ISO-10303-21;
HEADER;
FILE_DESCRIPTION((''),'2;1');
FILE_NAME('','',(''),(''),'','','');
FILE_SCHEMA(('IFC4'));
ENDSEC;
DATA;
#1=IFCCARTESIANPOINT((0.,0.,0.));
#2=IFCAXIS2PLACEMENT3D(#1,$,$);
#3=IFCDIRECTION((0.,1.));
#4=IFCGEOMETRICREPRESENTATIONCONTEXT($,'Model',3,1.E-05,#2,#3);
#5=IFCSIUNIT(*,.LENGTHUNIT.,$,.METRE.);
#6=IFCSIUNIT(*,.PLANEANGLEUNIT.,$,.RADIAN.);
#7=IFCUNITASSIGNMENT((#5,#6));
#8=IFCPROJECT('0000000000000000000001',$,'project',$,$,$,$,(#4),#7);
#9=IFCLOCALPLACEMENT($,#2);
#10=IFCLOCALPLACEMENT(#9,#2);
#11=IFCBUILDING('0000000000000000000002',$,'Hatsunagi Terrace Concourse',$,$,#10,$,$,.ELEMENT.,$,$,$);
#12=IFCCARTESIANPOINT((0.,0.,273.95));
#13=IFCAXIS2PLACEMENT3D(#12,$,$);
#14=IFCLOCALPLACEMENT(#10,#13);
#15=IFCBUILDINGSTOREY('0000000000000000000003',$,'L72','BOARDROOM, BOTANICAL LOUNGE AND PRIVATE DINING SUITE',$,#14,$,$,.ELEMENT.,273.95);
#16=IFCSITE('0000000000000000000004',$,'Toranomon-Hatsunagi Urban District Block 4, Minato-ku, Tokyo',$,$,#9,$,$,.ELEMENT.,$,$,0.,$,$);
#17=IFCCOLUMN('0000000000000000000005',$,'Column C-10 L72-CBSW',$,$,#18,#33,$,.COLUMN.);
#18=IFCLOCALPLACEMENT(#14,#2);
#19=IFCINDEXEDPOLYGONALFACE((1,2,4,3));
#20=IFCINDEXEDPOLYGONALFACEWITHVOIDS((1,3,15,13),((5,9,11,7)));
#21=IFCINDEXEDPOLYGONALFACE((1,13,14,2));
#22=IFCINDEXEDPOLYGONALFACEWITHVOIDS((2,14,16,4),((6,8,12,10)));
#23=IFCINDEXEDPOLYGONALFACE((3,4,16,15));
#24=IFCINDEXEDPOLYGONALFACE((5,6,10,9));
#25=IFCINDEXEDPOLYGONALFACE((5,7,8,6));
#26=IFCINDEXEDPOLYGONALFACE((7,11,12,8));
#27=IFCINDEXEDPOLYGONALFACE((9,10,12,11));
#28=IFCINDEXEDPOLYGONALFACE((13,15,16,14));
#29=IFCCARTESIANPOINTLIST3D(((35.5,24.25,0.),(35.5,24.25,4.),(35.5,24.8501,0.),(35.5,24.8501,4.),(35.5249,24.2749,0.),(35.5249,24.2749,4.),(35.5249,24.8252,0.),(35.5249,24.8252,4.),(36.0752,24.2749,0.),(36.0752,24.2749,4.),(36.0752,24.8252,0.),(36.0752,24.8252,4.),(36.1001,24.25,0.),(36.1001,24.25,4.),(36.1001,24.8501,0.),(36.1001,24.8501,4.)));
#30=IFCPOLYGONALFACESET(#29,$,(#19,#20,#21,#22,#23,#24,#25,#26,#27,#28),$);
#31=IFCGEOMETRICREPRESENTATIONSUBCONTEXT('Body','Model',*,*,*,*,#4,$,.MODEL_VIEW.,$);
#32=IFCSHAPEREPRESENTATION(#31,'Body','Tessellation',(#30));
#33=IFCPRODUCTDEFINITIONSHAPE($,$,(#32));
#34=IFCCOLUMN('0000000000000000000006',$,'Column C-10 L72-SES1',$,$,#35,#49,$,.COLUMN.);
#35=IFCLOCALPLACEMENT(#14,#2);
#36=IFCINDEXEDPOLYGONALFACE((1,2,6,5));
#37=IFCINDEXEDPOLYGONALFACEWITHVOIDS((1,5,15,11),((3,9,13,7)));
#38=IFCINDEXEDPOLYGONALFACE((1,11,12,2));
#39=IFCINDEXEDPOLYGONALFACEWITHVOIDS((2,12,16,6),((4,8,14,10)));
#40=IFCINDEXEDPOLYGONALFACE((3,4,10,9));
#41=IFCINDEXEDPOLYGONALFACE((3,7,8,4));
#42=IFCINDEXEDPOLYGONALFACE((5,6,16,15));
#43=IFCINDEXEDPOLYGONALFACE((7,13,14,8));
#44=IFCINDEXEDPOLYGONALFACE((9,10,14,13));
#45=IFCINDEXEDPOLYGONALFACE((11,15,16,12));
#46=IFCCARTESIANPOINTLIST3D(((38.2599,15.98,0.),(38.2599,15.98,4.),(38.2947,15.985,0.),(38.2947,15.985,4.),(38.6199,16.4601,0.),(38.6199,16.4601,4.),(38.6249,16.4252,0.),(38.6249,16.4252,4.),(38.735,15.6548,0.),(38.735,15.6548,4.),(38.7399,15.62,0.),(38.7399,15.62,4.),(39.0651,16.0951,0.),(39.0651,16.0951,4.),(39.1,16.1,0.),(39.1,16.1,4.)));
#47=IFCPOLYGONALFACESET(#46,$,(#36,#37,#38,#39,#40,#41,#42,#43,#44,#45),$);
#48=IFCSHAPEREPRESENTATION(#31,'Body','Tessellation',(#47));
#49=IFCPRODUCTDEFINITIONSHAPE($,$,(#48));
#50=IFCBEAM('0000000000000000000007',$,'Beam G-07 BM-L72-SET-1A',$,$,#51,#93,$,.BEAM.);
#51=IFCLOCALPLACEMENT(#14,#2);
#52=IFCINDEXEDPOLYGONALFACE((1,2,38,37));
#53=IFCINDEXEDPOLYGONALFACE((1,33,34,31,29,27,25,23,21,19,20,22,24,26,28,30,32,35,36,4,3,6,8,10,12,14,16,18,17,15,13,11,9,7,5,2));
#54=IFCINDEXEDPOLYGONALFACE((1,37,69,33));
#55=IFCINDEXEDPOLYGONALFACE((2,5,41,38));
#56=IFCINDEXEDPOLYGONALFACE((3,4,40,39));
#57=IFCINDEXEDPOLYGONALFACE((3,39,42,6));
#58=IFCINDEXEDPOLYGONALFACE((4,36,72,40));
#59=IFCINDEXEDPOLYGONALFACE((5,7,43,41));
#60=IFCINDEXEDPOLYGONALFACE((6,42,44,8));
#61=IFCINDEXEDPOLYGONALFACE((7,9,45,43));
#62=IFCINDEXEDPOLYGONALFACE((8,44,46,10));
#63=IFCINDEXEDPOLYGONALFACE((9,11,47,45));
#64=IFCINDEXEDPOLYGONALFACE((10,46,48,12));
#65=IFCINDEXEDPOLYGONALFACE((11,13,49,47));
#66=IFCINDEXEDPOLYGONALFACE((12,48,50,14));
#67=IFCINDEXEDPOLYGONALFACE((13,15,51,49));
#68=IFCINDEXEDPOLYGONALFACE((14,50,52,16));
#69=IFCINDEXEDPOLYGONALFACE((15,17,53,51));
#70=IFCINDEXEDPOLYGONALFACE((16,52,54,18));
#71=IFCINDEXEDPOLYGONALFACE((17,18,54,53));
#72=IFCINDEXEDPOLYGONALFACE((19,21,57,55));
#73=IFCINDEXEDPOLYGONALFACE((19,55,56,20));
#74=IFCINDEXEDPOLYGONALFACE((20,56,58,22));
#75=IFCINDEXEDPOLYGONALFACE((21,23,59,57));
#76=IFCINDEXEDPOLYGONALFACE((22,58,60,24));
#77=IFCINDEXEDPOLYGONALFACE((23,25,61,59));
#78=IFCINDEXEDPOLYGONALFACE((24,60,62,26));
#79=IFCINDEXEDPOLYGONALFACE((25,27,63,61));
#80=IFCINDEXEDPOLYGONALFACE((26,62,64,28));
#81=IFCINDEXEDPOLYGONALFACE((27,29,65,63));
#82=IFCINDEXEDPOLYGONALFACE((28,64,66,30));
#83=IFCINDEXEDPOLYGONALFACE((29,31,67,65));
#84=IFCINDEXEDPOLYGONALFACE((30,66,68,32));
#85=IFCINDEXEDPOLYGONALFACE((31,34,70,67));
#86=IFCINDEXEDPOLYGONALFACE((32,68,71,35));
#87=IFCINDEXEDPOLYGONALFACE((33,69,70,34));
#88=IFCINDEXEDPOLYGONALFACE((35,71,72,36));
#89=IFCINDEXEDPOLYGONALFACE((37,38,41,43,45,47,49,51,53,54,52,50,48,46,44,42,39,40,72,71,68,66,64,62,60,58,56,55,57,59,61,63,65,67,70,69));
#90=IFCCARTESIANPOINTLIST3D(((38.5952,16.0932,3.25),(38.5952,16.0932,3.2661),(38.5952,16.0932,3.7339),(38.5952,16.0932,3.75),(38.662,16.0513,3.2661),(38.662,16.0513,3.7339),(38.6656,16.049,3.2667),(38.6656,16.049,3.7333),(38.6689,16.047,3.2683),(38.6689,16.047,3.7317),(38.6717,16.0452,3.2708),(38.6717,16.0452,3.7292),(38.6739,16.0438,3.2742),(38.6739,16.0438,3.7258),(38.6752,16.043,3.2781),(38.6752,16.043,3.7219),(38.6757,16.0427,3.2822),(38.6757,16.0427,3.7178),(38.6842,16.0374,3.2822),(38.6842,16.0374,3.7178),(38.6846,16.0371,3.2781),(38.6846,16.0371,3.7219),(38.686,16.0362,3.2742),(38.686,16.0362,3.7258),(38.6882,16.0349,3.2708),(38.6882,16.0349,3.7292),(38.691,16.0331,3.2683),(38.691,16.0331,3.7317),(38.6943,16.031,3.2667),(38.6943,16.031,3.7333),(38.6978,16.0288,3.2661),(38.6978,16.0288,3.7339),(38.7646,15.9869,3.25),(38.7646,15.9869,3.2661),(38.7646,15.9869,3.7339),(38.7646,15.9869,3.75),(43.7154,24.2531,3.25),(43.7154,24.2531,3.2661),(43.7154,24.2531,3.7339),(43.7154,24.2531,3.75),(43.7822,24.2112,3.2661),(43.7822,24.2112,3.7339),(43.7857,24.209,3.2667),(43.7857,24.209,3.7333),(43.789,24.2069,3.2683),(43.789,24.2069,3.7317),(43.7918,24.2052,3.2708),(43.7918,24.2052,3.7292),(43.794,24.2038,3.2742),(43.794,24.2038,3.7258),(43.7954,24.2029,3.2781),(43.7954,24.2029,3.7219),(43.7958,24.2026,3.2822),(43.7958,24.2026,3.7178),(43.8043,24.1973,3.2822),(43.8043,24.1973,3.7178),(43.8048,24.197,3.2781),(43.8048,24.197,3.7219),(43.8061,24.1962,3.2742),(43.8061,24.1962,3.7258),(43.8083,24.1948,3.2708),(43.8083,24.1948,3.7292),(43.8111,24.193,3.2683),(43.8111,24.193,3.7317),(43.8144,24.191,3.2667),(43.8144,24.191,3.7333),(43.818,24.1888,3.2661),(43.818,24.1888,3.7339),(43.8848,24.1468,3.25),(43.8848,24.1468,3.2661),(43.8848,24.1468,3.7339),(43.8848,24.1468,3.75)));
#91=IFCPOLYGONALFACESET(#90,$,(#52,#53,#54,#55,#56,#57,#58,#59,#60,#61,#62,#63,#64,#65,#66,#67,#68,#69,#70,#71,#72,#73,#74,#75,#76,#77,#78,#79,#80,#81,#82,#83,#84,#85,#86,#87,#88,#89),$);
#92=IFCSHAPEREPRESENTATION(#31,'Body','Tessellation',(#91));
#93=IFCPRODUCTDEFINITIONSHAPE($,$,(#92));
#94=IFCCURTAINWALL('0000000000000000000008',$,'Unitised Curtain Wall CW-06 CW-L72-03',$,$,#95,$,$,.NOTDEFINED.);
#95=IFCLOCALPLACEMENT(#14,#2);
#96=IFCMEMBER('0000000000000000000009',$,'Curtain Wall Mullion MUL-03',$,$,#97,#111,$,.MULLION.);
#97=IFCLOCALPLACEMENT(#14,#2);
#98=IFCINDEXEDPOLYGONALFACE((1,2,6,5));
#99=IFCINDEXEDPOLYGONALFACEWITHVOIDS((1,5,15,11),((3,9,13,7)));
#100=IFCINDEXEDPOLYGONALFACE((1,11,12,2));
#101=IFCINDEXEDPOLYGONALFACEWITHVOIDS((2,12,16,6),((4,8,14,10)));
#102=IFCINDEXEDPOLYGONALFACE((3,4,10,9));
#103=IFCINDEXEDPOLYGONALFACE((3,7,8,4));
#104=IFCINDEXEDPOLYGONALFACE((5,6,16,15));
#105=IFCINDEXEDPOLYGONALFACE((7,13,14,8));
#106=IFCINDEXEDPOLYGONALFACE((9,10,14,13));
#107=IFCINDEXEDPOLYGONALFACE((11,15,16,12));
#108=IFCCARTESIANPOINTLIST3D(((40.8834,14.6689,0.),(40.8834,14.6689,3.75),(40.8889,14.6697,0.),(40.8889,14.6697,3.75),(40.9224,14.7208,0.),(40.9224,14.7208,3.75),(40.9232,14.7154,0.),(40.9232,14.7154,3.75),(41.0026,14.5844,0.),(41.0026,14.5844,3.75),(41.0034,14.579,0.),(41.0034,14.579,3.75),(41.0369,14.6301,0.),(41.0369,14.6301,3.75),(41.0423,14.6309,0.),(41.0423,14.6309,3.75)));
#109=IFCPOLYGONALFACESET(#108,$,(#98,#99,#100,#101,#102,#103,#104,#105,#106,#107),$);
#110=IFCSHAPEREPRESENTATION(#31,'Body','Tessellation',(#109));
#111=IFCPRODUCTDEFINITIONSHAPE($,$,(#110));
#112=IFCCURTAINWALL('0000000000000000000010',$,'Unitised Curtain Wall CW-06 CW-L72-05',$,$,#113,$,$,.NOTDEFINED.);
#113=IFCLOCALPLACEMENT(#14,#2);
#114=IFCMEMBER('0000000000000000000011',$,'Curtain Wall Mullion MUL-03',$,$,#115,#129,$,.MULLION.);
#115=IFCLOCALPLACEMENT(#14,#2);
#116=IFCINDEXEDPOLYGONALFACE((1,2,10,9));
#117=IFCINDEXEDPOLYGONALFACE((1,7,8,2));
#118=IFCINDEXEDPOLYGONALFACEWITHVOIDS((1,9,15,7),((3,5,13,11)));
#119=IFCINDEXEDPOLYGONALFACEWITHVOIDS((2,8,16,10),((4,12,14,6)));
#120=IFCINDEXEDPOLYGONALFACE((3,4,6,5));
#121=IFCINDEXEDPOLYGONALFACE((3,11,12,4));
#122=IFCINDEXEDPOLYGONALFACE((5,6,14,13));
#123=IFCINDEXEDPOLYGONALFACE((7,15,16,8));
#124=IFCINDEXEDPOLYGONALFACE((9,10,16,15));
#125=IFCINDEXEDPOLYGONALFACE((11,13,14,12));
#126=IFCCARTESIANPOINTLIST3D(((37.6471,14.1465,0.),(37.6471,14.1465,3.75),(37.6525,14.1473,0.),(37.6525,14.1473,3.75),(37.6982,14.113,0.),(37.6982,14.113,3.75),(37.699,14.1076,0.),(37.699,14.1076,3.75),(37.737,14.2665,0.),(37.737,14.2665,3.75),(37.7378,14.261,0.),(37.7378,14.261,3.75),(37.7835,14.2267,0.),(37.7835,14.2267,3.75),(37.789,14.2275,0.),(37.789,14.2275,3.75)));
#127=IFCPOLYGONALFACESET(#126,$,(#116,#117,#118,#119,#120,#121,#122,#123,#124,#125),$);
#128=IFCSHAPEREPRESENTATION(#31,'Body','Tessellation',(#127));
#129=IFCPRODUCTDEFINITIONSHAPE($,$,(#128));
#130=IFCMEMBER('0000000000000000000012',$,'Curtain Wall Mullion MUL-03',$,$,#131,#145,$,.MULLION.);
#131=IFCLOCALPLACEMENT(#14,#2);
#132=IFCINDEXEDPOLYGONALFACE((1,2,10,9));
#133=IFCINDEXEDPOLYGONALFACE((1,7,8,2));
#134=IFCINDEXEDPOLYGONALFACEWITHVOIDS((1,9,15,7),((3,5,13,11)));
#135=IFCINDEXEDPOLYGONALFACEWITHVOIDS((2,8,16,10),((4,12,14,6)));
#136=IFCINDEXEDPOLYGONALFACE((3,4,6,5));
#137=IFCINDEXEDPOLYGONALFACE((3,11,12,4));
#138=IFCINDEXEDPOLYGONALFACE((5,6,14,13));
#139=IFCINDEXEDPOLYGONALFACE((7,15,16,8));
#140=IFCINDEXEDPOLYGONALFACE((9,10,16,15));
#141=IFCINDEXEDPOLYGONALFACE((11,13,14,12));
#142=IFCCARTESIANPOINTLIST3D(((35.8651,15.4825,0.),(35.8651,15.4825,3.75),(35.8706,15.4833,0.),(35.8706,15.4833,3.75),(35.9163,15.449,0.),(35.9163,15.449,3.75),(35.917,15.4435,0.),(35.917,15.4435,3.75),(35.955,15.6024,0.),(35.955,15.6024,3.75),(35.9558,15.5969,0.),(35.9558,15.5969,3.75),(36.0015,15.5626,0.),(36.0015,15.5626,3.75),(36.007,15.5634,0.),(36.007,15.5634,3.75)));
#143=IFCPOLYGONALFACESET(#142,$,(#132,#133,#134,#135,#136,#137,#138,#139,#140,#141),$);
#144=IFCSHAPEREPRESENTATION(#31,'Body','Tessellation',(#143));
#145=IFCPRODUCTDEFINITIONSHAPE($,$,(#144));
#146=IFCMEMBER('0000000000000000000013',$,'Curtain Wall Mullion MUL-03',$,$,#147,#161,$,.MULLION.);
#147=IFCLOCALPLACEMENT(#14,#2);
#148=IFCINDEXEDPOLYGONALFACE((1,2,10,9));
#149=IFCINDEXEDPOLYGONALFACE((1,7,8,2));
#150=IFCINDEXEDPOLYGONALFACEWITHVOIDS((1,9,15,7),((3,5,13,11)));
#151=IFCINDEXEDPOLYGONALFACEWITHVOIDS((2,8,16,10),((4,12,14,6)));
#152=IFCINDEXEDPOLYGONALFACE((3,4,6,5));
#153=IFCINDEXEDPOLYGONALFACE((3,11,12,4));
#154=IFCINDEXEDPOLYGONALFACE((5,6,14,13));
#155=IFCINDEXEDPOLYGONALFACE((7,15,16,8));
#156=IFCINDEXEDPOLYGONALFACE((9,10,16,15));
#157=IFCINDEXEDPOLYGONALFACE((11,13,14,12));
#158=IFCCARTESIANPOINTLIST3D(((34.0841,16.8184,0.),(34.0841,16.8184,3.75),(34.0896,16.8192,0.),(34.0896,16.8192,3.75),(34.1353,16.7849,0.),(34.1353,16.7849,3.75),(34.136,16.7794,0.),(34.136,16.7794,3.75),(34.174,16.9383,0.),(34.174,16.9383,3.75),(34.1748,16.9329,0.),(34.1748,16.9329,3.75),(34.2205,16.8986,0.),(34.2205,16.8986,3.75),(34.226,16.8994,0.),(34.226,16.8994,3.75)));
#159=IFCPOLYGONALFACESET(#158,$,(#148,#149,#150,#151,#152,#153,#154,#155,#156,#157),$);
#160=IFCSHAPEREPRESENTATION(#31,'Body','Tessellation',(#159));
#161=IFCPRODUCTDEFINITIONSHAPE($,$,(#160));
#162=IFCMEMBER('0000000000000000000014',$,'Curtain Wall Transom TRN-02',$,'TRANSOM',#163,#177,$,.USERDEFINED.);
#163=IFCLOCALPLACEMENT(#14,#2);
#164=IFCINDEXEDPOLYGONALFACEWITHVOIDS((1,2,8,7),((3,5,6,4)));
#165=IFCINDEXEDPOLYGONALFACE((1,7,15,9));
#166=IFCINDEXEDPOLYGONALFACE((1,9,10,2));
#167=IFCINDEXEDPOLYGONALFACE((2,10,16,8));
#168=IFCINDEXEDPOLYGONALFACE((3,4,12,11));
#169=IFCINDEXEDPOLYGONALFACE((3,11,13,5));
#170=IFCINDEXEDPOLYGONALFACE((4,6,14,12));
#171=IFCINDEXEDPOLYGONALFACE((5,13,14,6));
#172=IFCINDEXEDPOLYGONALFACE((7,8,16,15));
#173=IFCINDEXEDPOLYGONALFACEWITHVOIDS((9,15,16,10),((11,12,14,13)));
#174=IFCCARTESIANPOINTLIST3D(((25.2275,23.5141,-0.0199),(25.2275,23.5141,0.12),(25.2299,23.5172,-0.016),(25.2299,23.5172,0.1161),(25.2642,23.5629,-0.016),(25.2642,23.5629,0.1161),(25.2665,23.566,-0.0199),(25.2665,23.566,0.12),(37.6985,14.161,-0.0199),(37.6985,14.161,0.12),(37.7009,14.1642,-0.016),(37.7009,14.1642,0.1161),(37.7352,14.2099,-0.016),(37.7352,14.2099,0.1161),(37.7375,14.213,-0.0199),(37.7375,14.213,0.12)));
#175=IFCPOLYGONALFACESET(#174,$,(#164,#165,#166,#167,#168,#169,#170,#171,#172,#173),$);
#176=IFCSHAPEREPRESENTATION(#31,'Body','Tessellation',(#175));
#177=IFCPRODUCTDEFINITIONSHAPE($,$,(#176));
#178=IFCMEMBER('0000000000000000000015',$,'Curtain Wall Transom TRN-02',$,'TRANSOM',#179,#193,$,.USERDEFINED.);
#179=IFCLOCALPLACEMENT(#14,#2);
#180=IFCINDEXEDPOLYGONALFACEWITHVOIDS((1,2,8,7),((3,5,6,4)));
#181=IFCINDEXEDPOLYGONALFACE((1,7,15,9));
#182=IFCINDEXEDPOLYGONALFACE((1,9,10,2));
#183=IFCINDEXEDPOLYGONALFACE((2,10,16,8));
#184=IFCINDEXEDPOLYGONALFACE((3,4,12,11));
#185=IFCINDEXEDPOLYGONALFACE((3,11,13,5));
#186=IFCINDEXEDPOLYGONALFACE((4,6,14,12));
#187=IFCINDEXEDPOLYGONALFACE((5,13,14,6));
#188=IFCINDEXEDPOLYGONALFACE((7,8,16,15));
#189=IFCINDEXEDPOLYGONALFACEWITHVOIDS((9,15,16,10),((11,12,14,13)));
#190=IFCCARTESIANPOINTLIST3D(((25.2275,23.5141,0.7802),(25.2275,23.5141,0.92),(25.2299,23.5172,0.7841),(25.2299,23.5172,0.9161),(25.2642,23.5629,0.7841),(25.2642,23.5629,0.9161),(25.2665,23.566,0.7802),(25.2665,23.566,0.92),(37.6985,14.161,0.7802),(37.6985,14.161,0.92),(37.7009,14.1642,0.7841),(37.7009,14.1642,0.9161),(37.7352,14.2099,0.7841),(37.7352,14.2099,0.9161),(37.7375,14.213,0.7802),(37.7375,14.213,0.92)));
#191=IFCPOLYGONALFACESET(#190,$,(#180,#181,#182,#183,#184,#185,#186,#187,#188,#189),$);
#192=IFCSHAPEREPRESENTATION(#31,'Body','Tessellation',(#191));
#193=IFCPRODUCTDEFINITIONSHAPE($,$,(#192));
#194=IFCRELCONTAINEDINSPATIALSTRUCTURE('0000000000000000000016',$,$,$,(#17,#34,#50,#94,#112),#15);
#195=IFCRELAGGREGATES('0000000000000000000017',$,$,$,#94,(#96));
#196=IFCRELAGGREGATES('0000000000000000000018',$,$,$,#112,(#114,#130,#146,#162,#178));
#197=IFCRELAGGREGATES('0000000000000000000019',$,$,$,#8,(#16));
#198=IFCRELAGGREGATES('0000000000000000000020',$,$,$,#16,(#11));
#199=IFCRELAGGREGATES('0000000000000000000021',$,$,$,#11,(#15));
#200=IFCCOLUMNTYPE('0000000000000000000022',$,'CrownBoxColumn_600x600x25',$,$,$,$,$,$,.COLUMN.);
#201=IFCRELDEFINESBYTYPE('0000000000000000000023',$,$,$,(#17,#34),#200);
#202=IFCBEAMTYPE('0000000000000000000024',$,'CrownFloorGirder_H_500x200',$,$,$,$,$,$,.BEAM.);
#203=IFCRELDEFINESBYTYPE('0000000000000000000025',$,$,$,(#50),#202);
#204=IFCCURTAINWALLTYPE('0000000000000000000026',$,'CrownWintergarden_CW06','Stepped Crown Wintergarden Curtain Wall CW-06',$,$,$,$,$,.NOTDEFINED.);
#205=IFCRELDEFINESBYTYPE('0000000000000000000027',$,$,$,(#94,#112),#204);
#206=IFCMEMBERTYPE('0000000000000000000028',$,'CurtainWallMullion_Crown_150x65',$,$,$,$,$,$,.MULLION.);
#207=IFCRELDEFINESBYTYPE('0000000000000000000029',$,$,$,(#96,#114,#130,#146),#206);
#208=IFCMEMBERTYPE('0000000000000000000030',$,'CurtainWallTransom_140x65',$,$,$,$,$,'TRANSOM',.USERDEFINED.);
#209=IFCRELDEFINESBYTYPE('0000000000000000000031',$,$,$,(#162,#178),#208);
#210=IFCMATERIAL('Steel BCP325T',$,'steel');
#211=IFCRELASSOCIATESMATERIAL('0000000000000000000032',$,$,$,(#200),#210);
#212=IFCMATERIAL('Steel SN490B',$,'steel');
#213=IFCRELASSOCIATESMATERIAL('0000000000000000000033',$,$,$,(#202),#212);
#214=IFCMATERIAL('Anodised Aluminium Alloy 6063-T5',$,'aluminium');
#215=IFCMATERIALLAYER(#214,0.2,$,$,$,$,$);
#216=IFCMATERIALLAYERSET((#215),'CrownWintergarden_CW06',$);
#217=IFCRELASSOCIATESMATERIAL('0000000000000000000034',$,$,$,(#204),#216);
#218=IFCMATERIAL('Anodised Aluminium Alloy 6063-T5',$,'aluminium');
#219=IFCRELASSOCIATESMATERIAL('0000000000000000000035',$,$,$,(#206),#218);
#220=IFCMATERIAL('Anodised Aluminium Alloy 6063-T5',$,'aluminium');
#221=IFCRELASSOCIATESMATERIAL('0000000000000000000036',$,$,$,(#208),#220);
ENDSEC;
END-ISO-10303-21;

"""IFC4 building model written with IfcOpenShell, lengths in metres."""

from ifc_helpers import new_model, si_unit, direction, frame, origin, origin_2d, place, context, subcontext, project, spatial, hollow_rectangle, i_section, extrude, material, layer, layer_set, material_profile, profile_set, type_object, element, aggregate, save


model = new_model("IFC4")

# Units and contexts
model_context = context("Model", 3, precision=1e-05, world=origin(), true_north=direction((0.0, 1.0)))
body_context = subcontext(model_context, "Body", "Model", "MODEL_VIEW")
ifc_project = project(units=[si_unit("LENGTHUNIT", "METRE"), si_unit("PLANEANGLEUNIT", "RADIAN")], contexts=[model_context])

# Site, building, storey
site_placement = place(None, origin())
site = spatial("IfcSite", under=ifc_project, at=site_placement, Name="Toranomon-Hatsunagi Urban District Block 4, Minato-ku, Tokyo", CompositionType="ELEMENT", RefElevation=0.0)
building_placement = place(site_placement, origin())
building = spatial("IfcBuilding", under=site, at=building_placement, Name="Hatsunagi Terrace Concourse", CompositionType="ELEMENT")
storey_placement = place(building_placement, frame((0.0, 0.0, 273.95)))
storey = spatial("IfcBuildingStorey", under=building, at=storey_placement, Name="L72", Description="BOARDROOM, BOTANICAL LOUNGE AND PRIVATE DINING SUITE", CompositionType="ELEMENT", Elevation=273.95)

# Columns
ifc_material_1 = material(Name="Steel BCP325T", Category="steel")
ifc_material_profile_1 = material_profile(ifc_material_1, hollow_rectangle(XDim=0.6001, YDim=0.6001, WallThickness=0.0249, at=origin_2d()), Name="BCP-600x600x25")
ifc_profile_set_1 = profile_set([ifc_material_profile_1], Name="Steel BCP325T")
column_type = type_object("IfcColumnType", Name="CrownBoxColumn_600x600x25", PredefinedType="COLUMN", material=ifc_profile_set_1)
for number, where, z_axis, x_axis, name in (
    (1, (35.8, 24.55, 0.0), (0.0, 0.0, 1.0), (1.0, 0.0, 0.0), "Column C-10 L72-CBSW"),
    (2, (38.6799, 16.04, 0.0), (0.0, 0.0, 1.0), (0.8, -0.6, 0.0), "Column C-10 L72-SES1"),
):
    element("IfcColumn", number, at=place(storey_placement, frame(where, z_axis=z_axis, x_axis=x_axis)), inside=storey, type_object=column_type, Name=name, PredefinedType="COLUMN", context=body_context, shape_type="SweptSolid", body=[
        extrude(hollow_rectangle(XDim=0.6001, YDim=0.6001, WallThickness=0.0249, at=origin_2d()), origin(), (0.0, 0.0, 1.0), 4.0),
    ])

# Beam
ifc_material_2 = material(Name="Steel SN490B", Category="steel")
ifc_material_profile_2 = material_profile(ifc_material_2, i_section(OverallWidth=0.2, OverallDepth=0.5, WebThickness=0.01, FlangeThickness=0.0161, FilletRadius=0.0161, at=origin_2d()), Name="H-500x200x10x16")
ifc_profile_set_2 = profile_set([ifc_material_profile_2], Name="Steel SN490B")
beam_type_1 = type_object("IfcBeamType", Name="CrownFloorGirder_H_500x200", PredefinedType="BEAM", material=ifc_profile_set_2)
beam_1_placement = place(storey_placement, frame((38.6799, 16.04, 3.5), z_axis=(0.531504, 0.847056, 0.0), x_axis=(-0.847056, 0.531504, 0.0)))
element("IfcBeam", 3, at=beam_1_placement, inside=storey, type_object=beam_type_1, Name="Beam G-07 BM-L72-SET-1A", PredefinedType="BEAM", context=body_context, shape_type="SweptSolid", body=[
    extrude(i_section(OverallWidth=0.2, OverallDepth=0.5, WebThickness=0.01, FlangeThickness=0.0161, FilletRadius=0.0161, at=origin_2d()), origin(), (0.0, 0.0, 1.0), 9.6333),
])

# Curtain wall, member
ifc_material_3 = material(Name="Anodised Aluminium Alloy 6063-T5", Category="aluminium")
ifc_layer_1 = layer(ifc_material_3, 0.2)
ifc_layer_set_1 = layer_set([ifc_layer_1], Name="CrownWintergarden_CW06")
curtain_wall_type = type_object("IfcCurtainWallType", Name="CrownWintergarden_CW06", Description="Stepped Crown Wintergarden Curtain Wall CW-06", PredefinedType="NOTDEFINED", material=ifc_layer_set_1)
curtain_wall_1_placement = place(storey_placement, origin())
curtain_wall_1 = element("IfcCurtainWall", 4, at=curtain_wall_1_placement, inside=storey, type_object=curtain_wall_type, Name="Unitised Curtain Wall CW-06 CW-L72-03", PredefinedType="NOTDEFINED")
ifc_material_4 = material(Name="Anodised Aluminium Alloy 6063-T5", Category="aluminium")
ifc_material_profile_3 = material_profile(ifc_material_4, hollow_rectangle(XDim=0.0649, YDim=0.1499, WallThickness=0.0039, at=origin_2d()), Name="ALU-MUL-150x65x4")
ifc_profile_set_3 = profile_set([ifc_material_profile_3], Name="Anodised Aluminium Alloy 6063-T5")
member_type_1 = type_object("IfcMemberType", Name="CurtainWallMullion_Crown_150x65", PredefinedType="MULLION", material=ifc_profile_set_3)
member_1_placement = place(storey_placement, frame((40.9629, 14.6499, 0.0), z_axis=(0.0, 0.0, 1.0), x_axis=(-0.599969, -0.800023, 0.0)))
member_1 = element("IfcMember", 5, at=member_1_placement, type_object=member_type_1, Name="Curtain Wall Mullion MUL-03", PredefinedType="MULLION", context=body_context, shape_type="SweptSolid", body=[
    extrude(hollow_rectangle(XDim=0.0649, YDim=0.1499, WallThickness=0.0039, at=origin_2d()), origin(), (0.0, 0.0, 1.0), 3.75),
])

# Curtain wall, members
curtain_wall_2_placement = place(storey_placement, origin())
curtain_wall_2 = element("IfcCurtainWall", 6, at=curtain_wall_2_placement, inside=storey, type_object=curtain_wall_type, Name="Unitised Curtain Wall CW-06 CW-L72-05", PredefinedType="NOTDEFINED")
member_2_placement = place(storey_placement, frame((37.718, 14.187, 0.0), z_axis=(0.0, 0.0, 1.0), x_axis=(-0.800007, 0.59999, 0.0)))
member_2 = element("IfcMember", 7, at=member_2_placement, type_object=member_type_1, Name="Curtain Wall Mullion MUL-03", PredefinedType="MULLION", context=body_context, shape_type="SweptSolid", body=[
    extrude(hollow_rectangle(XDim=0.0649, YDim=0.1499, WallThickness=0.0039, at=origin_2d()), origin(), (0.0, 0.0, 1.0), 3.75),
])
member_3_placement = place(storey_placement, frame((35.936, 15.5229, 0.0), z_axis=(0.0, 0.0, 1.0), x_axis=(-0.800007, 0.59999, 0.0)))
member_3 = element("IfcMember", 8, at=member_3_placement, type_object=member_type_1, Name="Curtain Wall Mullion MUL-03", PredefinedType="MULLION", context=body_context, shape_type="SweptSolid", body=[
    extrude(hollow_rectangle(XDim=0.0649, YDim=0.1499, WallThickness=0.0039, at=origin_2d()), origin(), (0.0, 0.0, 1.0), 3.75),
])
member_4_placement = place(storey_placement, frame((34.155, 16.8589, 0.0), z_axis=(0.0, 0.0, 1.0), x_axis=(-0.800007, 0.59999, 0.0)))
member_4 = element("IfcMember", 9, at=member_4_placement, type_object=member_type_1, Name="Curtain Wall Mullion MUL-03", PredefinedType="MULLION", context=body_context, shape_type="SweptSolid", body=[
    extrude(hollow_rectangle(XDim=0.0649, YDim=0.1499, WallThickness=0.0039, at=origin_2d()), origin(), (0.0, 0.0, 1.0), 3.75),
])
ifc_material_5 = material(Name="Anodised Aluminium Alloy 6063-T5", Category="aluminium")
ifc_material_profile_4 = material_profile(ifc_material_5, hollow_rectangle(XDim=0.0649, YDim=0.1399, WallThickness=0.0039, at=origin_2d()), Name="ALU-TRN-140x65x4")
ifc_profile_set_4 = profile_set([ifc_material_profile_4], Name="Anodised Aluminium Alloy 6063-T5")
member_type_2 = type_object("IfcMemberType", Name="CurtainWallTransom_140x65", ElementType="TRANSOM", PredefinedType="USERDEFINED", material=ifc_profile_set_4)
member_5_placement = place(storey_placement, frame((37.718, 14.187, 0.05), z_axis=(-0.800006, 0.599992, 0.0), x_axis=(-0.599992, -0.800006, 0.0)))
member_5 = element("IfcMember", 10, at=member_5_placement, type_object=member_type_2, Name="Curtain Wall Transom TRN-02", ObjectType="TRANSOM", PredefinedType="USERDEFINED", context=body_context, shape_type="SweptSolid", body=[
    extrude(hollow_rectangle(XDim=0.0649, YDim=0.1399, WallThickness=0.0039, at=origin_2d()), origin(), (0.0, 0.0, 1.0), 15.5886),
])
member_6_placement = place(storey_placement, frame((37.718, 14.187, 0.8501), z_axis=(-0.800006, 0.599992, 0.0), x_axis=(-0.599992, -0.800006, 0.0)))
member_6 = element("IfcMember", 11, at=member_6_placement, type_object=member_type_2, Name="Curtain Wall Transom TRN-02", ObjectType="TRANSOM", PredefinedType="USERDEFINED", context=body_context, shape_type="SweptSolid", body=[
    extrude(hollow_rectangle(XDim=0.0649, YDim=0.1399, WallThickness=0.0039, at=origin_2d()), origin(), (0.0, 0.0, 1.0), 15.5886),
])

aggregate(curtain_wall_1, [member_1])
aggregate(curtain_wall_2, [member_2, member_3, member_4, member_5, member_6])

save(model, "model.ifc")
